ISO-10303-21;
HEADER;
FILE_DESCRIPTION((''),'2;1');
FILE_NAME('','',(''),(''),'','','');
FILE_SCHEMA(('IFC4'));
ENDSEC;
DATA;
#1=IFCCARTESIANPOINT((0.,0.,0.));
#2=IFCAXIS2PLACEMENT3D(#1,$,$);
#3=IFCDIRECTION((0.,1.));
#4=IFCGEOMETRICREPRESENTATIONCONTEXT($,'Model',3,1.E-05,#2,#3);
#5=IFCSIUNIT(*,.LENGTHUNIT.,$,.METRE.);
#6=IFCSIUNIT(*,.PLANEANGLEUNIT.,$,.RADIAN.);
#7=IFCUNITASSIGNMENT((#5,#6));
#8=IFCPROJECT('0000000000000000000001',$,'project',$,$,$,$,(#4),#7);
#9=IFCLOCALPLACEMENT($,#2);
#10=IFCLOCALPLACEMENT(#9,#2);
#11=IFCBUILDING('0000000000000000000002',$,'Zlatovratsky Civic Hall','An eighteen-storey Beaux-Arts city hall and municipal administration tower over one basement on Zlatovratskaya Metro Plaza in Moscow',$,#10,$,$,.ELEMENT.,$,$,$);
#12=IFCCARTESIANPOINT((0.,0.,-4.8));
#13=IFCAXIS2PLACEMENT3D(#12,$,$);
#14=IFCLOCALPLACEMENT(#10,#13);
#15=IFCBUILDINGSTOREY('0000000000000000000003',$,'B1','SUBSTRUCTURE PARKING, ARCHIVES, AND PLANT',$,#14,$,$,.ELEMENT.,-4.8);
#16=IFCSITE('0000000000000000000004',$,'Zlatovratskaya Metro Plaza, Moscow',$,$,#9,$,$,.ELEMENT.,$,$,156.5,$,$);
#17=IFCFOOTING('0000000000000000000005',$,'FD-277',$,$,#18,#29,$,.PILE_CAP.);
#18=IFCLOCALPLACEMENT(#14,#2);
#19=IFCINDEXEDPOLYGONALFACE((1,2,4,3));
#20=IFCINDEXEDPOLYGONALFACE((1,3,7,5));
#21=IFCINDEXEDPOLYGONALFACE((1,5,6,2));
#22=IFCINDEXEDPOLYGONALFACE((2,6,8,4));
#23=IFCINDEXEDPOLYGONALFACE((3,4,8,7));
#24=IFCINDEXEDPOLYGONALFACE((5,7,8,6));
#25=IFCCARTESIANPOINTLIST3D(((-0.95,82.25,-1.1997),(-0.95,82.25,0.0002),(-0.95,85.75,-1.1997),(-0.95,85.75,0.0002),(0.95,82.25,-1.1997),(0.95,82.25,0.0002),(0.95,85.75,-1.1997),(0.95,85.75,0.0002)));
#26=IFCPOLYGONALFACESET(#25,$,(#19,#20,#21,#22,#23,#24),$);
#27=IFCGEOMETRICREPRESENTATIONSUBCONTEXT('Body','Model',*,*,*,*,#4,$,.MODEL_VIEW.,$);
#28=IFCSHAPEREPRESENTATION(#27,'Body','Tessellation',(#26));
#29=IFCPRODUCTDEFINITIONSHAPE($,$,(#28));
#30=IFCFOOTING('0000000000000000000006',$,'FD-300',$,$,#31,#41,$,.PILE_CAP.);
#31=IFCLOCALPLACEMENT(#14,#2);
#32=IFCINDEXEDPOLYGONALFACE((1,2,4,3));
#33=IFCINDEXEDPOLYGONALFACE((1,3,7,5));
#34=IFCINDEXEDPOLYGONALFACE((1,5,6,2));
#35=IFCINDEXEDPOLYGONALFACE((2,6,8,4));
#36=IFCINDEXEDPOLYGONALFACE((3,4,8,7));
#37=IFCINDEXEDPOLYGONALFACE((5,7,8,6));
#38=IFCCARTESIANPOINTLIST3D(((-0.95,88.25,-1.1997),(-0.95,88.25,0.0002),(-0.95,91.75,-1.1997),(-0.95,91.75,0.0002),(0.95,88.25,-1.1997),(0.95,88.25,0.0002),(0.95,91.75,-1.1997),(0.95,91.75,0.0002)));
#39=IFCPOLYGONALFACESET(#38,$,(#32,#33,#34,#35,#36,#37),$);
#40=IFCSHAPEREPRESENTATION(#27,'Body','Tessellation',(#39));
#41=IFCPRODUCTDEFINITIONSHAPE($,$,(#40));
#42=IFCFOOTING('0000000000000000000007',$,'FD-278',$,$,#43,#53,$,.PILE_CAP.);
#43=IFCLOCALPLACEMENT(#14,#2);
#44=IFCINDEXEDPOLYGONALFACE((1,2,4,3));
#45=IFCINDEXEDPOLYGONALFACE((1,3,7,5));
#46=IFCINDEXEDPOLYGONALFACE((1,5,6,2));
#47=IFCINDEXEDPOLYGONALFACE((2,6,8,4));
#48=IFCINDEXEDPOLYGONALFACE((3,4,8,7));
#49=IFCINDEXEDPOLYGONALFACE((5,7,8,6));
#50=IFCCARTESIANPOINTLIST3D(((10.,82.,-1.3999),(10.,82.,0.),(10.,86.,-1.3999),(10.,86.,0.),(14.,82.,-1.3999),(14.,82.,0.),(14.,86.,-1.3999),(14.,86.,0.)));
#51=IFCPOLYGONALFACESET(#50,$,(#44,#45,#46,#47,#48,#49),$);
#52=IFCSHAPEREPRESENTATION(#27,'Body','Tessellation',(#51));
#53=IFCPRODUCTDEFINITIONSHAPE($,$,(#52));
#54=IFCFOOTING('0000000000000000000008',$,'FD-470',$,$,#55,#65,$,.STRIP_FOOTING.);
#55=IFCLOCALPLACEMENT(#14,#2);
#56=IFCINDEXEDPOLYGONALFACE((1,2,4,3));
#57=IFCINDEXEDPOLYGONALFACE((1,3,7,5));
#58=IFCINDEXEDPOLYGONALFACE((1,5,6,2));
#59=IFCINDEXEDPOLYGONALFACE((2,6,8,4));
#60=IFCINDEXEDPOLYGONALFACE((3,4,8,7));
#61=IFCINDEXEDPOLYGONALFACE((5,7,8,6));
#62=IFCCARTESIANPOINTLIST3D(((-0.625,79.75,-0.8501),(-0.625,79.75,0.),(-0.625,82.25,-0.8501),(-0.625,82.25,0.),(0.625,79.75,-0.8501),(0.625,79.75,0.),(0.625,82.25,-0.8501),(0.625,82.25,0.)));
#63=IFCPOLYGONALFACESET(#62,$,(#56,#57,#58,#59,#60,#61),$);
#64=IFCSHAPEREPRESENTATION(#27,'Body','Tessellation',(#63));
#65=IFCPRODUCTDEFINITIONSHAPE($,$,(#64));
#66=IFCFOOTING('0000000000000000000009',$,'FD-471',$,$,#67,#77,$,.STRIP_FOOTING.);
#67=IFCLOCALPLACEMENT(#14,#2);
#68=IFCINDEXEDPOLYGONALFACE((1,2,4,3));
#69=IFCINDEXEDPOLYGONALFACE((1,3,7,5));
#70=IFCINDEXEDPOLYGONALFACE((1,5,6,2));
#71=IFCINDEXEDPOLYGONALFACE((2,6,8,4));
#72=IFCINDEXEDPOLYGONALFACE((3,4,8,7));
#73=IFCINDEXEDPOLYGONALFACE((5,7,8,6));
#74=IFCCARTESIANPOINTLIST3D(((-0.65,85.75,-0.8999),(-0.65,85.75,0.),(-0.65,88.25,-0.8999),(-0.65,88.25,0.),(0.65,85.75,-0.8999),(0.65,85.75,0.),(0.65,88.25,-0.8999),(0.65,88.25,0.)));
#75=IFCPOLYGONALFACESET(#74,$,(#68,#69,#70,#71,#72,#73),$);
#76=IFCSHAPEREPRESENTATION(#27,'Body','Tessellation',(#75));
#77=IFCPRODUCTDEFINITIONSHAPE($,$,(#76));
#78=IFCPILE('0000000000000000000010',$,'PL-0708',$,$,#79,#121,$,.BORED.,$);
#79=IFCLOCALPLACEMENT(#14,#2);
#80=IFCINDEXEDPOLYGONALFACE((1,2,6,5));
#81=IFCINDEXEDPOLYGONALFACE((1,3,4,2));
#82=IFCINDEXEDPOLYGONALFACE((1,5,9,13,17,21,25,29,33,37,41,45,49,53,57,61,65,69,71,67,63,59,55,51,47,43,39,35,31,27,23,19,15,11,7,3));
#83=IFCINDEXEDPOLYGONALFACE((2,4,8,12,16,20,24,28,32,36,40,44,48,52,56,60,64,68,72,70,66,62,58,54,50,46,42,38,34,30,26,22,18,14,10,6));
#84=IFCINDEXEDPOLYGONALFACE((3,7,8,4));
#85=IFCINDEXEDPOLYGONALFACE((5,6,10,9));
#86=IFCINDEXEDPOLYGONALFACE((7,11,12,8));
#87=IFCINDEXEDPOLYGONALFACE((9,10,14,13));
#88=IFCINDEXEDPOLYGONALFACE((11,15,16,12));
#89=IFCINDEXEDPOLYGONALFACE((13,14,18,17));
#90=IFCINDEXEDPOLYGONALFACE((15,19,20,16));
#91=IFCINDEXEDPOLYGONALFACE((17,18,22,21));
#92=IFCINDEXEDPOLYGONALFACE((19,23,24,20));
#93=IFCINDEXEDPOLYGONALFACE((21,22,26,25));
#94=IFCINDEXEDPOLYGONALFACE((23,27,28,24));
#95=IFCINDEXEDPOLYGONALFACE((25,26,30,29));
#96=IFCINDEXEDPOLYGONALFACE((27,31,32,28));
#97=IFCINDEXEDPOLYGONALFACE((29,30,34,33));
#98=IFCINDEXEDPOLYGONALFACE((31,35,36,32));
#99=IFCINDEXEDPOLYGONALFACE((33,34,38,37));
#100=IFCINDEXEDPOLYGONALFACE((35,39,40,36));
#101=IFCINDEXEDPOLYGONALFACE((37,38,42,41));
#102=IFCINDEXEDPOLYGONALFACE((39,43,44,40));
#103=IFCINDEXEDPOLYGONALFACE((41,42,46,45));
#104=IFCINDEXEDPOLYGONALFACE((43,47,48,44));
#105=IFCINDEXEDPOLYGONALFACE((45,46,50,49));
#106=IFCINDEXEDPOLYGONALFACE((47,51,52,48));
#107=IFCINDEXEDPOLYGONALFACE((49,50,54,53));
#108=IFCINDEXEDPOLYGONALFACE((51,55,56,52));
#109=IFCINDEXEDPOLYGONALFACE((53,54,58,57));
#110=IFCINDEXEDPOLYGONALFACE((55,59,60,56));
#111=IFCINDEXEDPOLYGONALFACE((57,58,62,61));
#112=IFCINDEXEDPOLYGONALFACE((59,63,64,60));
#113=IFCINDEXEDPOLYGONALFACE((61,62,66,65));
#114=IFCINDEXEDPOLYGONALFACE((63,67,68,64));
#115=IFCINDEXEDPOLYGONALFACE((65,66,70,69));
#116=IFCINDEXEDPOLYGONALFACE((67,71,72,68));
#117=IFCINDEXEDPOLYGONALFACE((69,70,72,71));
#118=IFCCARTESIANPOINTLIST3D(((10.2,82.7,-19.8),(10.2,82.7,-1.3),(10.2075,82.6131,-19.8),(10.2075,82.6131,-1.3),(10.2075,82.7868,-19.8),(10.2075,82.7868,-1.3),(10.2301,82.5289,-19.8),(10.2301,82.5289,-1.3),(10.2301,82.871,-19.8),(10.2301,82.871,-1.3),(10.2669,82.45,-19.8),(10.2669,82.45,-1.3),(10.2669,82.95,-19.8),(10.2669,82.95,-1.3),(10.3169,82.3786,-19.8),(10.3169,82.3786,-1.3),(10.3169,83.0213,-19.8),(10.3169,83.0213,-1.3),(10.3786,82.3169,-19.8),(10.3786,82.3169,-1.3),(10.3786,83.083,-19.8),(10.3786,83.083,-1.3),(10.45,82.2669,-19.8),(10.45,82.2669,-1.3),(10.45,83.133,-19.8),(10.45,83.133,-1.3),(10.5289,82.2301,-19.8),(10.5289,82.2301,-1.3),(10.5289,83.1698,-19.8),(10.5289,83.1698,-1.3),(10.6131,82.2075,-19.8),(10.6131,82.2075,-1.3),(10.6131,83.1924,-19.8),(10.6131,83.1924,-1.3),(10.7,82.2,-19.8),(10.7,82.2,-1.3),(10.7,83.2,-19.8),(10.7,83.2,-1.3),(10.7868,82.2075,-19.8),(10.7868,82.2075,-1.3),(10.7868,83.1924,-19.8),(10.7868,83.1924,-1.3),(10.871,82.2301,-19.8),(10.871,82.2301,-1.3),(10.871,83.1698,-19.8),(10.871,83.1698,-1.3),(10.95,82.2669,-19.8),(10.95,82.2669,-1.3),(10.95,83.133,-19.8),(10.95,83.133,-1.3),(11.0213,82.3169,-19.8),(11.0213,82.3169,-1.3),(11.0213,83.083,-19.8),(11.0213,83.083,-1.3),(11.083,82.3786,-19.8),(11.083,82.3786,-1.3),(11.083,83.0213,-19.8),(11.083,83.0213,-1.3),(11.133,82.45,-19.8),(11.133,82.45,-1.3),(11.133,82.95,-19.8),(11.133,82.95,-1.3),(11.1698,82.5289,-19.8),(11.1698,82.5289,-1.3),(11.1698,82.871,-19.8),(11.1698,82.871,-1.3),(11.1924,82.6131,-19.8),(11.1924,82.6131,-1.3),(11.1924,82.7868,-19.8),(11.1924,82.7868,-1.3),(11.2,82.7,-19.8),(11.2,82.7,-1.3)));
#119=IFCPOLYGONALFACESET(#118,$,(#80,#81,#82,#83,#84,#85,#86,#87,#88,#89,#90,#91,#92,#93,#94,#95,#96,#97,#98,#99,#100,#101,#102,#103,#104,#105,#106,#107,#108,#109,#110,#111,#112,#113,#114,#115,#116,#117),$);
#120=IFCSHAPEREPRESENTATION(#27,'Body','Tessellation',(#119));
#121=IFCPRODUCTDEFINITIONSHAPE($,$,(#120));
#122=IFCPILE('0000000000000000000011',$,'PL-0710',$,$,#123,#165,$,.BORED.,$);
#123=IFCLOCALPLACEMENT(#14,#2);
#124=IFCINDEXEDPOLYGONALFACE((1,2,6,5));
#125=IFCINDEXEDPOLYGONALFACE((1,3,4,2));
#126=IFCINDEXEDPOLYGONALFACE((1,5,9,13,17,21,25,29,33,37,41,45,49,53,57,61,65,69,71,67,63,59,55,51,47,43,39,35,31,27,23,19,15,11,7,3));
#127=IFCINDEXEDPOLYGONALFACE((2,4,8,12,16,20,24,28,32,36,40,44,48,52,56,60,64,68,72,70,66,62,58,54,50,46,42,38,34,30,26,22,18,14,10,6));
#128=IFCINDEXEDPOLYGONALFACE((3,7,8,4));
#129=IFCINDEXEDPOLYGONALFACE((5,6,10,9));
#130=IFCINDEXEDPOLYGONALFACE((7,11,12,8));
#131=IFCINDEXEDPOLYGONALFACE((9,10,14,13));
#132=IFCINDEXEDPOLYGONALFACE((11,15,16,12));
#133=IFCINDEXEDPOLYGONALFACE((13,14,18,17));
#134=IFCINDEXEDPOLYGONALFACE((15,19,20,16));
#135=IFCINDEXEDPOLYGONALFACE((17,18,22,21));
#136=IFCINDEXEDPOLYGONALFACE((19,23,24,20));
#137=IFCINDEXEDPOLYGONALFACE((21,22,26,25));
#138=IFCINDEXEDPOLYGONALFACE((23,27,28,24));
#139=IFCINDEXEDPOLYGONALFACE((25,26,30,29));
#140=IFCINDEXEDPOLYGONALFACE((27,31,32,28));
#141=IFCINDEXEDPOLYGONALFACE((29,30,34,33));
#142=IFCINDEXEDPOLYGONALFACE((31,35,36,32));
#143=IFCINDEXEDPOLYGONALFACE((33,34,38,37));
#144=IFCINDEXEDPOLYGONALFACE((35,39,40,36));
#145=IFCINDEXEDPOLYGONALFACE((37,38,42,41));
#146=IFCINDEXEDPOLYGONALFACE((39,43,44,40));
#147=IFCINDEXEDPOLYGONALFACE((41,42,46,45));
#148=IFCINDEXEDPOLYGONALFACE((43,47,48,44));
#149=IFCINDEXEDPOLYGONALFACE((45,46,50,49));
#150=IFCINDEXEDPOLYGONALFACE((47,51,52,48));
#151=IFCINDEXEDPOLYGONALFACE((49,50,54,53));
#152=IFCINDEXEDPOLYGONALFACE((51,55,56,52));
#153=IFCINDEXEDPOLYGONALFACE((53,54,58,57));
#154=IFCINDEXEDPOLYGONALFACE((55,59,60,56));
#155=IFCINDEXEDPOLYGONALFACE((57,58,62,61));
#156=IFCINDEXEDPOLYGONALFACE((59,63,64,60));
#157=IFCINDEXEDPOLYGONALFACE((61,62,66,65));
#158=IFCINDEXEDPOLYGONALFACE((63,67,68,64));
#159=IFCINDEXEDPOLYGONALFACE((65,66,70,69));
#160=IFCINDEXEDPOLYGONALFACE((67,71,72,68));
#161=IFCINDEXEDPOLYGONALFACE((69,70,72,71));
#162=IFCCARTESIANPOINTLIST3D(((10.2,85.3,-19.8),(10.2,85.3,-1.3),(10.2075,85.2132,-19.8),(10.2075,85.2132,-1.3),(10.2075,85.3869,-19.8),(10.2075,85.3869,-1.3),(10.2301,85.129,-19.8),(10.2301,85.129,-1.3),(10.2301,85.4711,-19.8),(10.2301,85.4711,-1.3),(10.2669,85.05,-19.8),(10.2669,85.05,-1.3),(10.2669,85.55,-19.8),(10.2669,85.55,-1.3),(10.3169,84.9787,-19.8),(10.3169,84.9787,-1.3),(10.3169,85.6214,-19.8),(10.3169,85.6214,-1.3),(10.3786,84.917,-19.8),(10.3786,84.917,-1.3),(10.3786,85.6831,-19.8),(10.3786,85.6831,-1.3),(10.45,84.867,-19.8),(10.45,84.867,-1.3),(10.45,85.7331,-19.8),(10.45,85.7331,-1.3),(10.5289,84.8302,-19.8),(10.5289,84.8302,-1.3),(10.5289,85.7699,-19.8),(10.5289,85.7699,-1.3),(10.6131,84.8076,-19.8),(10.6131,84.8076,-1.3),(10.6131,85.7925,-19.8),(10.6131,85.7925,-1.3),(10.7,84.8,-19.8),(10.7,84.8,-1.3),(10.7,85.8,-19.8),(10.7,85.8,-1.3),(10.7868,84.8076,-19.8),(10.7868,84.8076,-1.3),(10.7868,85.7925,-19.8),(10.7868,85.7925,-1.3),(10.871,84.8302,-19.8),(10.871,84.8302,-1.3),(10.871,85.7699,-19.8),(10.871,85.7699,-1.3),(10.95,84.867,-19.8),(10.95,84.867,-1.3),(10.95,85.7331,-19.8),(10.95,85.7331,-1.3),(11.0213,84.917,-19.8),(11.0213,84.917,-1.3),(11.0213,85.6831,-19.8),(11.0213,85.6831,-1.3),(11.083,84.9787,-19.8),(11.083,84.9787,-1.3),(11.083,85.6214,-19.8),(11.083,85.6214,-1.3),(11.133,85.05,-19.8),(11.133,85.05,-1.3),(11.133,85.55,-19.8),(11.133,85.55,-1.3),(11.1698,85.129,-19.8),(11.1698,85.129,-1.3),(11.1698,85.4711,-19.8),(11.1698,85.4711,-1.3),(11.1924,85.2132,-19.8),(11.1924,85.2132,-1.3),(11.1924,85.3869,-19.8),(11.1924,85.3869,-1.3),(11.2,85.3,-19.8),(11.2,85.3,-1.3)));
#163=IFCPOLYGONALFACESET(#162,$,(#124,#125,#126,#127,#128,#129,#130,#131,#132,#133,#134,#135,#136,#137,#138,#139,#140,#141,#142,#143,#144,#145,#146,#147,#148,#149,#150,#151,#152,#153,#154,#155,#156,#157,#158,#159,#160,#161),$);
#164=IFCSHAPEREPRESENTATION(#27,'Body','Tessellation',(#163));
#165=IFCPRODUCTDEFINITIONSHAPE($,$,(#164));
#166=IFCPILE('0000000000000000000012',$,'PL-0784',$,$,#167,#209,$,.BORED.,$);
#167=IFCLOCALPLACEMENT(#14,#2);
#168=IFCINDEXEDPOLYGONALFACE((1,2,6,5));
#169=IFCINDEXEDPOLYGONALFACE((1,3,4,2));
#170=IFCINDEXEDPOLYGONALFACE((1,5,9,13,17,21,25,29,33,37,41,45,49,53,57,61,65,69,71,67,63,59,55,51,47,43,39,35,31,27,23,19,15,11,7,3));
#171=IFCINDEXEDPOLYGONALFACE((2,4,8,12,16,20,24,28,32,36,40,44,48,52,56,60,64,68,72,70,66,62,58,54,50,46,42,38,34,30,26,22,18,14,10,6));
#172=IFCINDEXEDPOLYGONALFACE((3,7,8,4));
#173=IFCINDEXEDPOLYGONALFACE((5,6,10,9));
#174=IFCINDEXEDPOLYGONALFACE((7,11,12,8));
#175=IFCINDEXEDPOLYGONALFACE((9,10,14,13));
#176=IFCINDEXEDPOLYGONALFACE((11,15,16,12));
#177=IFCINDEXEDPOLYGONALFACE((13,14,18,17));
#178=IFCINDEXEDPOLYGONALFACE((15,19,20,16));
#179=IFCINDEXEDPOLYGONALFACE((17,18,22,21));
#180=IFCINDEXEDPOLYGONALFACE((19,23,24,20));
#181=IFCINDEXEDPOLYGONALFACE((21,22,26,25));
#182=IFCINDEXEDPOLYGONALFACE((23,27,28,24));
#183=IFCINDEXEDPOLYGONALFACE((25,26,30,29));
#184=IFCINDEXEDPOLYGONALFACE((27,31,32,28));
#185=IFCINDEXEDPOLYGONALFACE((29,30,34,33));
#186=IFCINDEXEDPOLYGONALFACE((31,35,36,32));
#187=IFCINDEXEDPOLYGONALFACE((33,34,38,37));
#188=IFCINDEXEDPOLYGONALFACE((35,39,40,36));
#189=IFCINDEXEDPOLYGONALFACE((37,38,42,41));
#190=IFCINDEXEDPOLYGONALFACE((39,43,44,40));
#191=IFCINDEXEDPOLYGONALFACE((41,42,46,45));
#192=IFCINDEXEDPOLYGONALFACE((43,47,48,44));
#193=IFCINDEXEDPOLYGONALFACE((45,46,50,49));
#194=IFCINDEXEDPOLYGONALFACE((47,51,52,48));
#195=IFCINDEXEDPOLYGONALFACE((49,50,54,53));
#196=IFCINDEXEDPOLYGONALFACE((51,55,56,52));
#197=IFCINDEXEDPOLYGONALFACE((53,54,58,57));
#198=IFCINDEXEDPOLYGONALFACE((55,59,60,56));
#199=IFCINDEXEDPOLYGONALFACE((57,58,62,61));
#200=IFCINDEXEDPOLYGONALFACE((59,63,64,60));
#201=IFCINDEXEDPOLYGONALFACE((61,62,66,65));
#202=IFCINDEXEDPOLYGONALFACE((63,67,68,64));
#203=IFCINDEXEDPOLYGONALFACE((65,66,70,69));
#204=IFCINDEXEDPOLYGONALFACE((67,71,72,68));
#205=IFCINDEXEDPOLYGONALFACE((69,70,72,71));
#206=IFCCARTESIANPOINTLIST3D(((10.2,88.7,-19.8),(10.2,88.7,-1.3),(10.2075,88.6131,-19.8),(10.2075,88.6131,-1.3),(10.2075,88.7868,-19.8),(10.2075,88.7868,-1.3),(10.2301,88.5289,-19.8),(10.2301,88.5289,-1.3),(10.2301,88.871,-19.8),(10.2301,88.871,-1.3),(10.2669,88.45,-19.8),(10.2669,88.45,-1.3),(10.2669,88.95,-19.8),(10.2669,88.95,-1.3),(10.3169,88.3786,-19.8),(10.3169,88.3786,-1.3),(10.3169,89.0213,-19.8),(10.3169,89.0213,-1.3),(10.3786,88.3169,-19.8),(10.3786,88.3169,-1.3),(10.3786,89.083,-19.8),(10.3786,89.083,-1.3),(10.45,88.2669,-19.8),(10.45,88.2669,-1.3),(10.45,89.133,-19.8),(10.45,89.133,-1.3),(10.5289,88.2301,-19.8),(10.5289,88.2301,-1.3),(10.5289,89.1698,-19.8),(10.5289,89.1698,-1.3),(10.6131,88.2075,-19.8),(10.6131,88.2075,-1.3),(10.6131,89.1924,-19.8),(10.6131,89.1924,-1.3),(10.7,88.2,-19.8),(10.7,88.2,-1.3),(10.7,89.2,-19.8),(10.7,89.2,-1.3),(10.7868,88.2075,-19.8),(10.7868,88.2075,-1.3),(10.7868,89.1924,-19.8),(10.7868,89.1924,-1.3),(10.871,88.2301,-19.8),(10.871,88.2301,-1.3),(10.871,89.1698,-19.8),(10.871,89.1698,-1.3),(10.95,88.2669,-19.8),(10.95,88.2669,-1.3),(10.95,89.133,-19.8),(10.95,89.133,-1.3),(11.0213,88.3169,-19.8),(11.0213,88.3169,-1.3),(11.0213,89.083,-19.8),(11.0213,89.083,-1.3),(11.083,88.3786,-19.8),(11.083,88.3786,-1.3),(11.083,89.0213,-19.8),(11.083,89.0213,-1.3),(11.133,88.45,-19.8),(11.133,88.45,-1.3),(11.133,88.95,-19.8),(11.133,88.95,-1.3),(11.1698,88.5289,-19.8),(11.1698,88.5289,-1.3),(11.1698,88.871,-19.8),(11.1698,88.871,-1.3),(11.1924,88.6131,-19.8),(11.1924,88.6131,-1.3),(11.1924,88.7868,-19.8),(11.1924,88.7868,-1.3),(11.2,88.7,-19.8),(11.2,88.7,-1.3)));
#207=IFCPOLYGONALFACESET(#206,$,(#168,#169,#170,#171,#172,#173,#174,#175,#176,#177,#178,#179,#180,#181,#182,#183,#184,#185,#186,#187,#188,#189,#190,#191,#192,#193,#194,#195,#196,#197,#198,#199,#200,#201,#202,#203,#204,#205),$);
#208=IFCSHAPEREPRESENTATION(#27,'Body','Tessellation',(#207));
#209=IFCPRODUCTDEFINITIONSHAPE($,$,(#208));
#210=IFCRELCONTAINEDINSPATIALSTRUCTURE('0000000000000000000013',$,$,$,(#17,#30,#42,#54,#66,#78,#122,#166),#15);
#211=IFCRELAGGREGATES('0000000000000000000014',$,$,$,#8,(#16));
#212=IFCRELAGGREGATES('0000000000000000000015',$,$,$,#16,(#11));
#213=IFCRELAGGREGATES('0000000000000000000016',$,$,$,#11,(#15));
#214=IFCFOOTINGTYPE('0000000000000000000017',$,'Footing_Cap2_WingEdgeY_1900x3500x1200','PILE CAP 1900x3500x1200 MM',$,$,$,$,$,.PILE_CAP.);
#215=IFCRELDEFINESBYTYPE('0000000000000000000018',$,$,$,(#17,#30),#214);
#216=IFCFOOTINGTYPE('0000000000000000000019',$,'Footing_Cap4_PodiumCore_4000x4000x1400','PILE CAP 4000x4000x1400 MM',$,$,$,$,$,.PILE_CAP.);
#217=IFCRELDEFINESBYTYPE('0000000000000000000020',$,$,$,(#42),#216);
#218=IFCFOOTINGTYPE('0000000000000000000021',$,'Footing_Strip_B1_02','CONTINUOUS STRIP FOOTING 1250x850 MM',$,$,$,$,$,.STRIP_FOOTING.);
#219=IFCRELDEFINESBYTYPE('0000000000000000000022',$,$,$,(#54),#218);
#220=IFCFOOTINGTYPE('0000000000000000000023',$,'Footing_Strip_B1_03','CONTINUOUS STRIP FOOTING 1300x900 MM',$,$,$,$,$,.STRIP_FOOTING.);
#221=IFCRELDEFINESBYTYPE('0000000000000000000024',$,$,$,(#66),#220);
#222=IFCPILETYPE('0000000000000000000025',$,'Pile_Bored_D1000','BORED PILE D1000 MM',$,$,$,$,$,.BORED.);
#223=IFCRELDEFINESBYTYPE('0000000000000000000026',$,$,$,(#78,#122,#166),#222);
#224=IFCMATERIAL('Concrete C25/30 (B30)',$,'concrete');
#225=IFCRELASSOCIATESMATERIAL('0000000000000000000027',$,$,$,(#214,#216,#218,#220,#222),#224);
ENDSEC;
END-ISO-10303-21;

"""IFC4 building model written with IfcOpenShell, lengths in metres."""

from ifc_helpers import new_model, si_unit, direction, frame, origin, origin_2d, place, context, subcontext, project, spatial, rectangle, circle, extrude, material, material_profile, profile_set, type_object, element, save


model = new_model("IFC4")

# Units and contexts
model_context = context("Model", 3, precision=1e-05, world=origin(), true_north=direction((0.0, 1.0)))
body_context = subcontext(model_context, "Body", "Model", "MODEL_VIEW")
ifc_project = project(units=[si_unit("LENGTHUNIT", "METRE"), si_unit("PLANEANGLEUNIT", "RADIAN")], contexts=[model_context])

# Site, building, storey
site_placement = place(None, origin())
site = spatial("IfcSite", under=ifc_project, at=site_placement, Name="Zlatovratskaya Metro Plaza, Moscow", CompositionType="ELEMENT", RefElevation=156.5)
building_placement = place(site_placement, origin())
building = spatial("IfcBuilding", under=site, at=building_placement, Name="Zlatovratsky Civic Hall", Description="An eighteen-storey Beaux-Arts city hall and municipal administration tower over one basement on Zlatovratskaya Metro Plaza in Moscow", CompositionType="ELEMENT")
storey_placement = place(building_placement, frame((0.0, 0.0, -4.8)))
storey = spatial("IfcBuildingStorey", under=building, at=storey_placement, Name="B1", Description="SUBSTRUCTURE PARKING, ARCHIVES, AND PLANT", CompositionType="ELEMENT", Elevation=-4.8)

# Footings
ifc_material_1 = material(Name="Concrete C25/30 (B30)", Category="concrete")
footing_type_1 = type_object("IfcFootingType", Name="Footing_Cap2_WingEdgeY_1900x3500x1200", Description="PILE CAP 1900x3500x1200 MM", PredefinedType="PILE_CAP", material=ifc_material_1)
for number, where, z_axis, x_axis, name in (
    (1, (0.0, 84.0, -1.1997), (0.0, 0.0, 1.0), (1.0, 0.0, 0.0), "FD-277"),
    (2, (0.0, 90.0, -1.1997), (0.0, 0.0, 1.0), (1.0, 0.0, 0.0), "FD-300"),
):
    element("IfcFooting", number, at=place(storey_placement, frame(where, z_axis=z_axis, x_axis=x_axis)), inside=storey, type_object=footing_type_1, Name=name, PredefinedType="PILE_CAP", context=body_context, shape_type="SweptSolid", body=[
        extrude(rectangle(XDim=1.8999, YDim=3.5, at=origin_2d()), origin(), (0.0, 0.0, 1.0), 1.2),
    ])
footing_type_2 = type_object("IfcFootingType", Name="Footing_Cap4_PodiumCore_4000x4000x1400", Description="PILE CAP 4000x4000x1400 MM", PredefinedType="PILE_CAP", material=ifc_material_1)
footing_1_placement = place(storey_placement, frame((12.0, 84.0, -1.3999), z_axis=(0.0, 0.0, 1.0), x_axis=(1.0, 0.0, 0.0)))
element("IfcFooting", 3, at=footing_1_placement, inside=storey, type_object=footing_type_2, Name="FD-278", PredefinedType="PILE_CAP", context=body_context, shape_type="SweptSolid", body=[
    extrude(rectangle(XDim=4.0, YDim=4.0, at=origin_2d()), origin(), (0.0, 0.0, 1.0), 1.3999),
])
footing_type_3 = type_object("IfcFootingType", Name="Footing_Strip_B1_02", Description="CONTINUOUS STRIP FOOTING 1250x850 MM", PredefinedType="STRIP_FOOTING", material=ifc_material_1)
footing_2_placement = place(storey_placement, frame((0.0, 81.0, -0.8501), z_axis=(0.0, 0.0, 1.0), x_axis=(1.0, 0.0, 0.0)))
element("IfcFooting", 4, at=footing_2_placement, inside=storey, type_object=footing_type_3, Name="FD-470", PredefinedType="STRIP_FOOTING", context=body_context, shape_type="SweptSolid", body=[
    extrude(rectangle(XDim=1.25, YDim=2.5, at=origin_2d()), origin(), (0.0, 0.0, 1.0), 0.8501),
])
footing_type_4 = type_object("IfcFootingType", Name="Footing_Strip_B1_03", Description="CONTINUOUS STRIP FOOTING 1300x900 MM", PredefinedType="STRIP_FOOTING", material=ifc_material_1)
footing_3_placement = place(storey_placement, frame((0.0, 87.0, -0.8999), z_axis=(0.0, 0.0, 1.0), x_axis=(1.0, 0.0, 0.0)))
element("IfcFooting", 5, at=footing_3_placement, inside=storey, type_object=footing_type_4, Name="FD-471", PredefinedType="STRIP_FOOTING", context=body_context, shape_type="SweptSolid", body=[
    extrude(rectangle(XDim=1.3, YDim=2.5, at=origin_2d()), origin(), (0.0, 0.0, 1.0), 0.8999),
])

# Piles
ifc_material_profile_1 = material_profile(ifc_material_1, circle(Radius=0.5, at=origin_2d()), Name="PILE D1000")
ifc_profile_set_1 = profile_set([ifc_material_profile_1], Name="Concrete C25/30 (B30)")
pile_type_1 = type_object("IfcPileType", Name="Pile_Bored_D1000", Description="BORED PILE D1000 MM", PredefinedType="BORED", material=ifc_profile_set_1)
for number, where, z_axis, x_axis, name in (
    (6, (10.7, 82.7, -1.3), (0.0, 0.0, -1.0), (1.0, 0.0, 0.0), "PL-0708"),
    (7, (10.7, 85.3, -1.3), (0.0, 0.0, -1.0), (1.0, 0.0, 0.0), "PL-0710"),
    (8, (10.7, 88.7, -1.3), (0.0, 0.0, -1.0), (1.0, 0.0, 0.0), "PL-0784"),
):
    element("IfcPile", number, at=place(storey_placement, frame(where, z_axis=z_axis, x_axis=x_axis)), inside=storey, type_object=pile_type_1, Name=name, PredefinedType="BORED", context=body_context, shape_type="SweptSolid", body=[
        extrude(circle(Radius=0.5, at=origin_2d()), origin(), (0.0, 0.0, 1.0), 18.5),
    ])

save(model, "model.ifc")
